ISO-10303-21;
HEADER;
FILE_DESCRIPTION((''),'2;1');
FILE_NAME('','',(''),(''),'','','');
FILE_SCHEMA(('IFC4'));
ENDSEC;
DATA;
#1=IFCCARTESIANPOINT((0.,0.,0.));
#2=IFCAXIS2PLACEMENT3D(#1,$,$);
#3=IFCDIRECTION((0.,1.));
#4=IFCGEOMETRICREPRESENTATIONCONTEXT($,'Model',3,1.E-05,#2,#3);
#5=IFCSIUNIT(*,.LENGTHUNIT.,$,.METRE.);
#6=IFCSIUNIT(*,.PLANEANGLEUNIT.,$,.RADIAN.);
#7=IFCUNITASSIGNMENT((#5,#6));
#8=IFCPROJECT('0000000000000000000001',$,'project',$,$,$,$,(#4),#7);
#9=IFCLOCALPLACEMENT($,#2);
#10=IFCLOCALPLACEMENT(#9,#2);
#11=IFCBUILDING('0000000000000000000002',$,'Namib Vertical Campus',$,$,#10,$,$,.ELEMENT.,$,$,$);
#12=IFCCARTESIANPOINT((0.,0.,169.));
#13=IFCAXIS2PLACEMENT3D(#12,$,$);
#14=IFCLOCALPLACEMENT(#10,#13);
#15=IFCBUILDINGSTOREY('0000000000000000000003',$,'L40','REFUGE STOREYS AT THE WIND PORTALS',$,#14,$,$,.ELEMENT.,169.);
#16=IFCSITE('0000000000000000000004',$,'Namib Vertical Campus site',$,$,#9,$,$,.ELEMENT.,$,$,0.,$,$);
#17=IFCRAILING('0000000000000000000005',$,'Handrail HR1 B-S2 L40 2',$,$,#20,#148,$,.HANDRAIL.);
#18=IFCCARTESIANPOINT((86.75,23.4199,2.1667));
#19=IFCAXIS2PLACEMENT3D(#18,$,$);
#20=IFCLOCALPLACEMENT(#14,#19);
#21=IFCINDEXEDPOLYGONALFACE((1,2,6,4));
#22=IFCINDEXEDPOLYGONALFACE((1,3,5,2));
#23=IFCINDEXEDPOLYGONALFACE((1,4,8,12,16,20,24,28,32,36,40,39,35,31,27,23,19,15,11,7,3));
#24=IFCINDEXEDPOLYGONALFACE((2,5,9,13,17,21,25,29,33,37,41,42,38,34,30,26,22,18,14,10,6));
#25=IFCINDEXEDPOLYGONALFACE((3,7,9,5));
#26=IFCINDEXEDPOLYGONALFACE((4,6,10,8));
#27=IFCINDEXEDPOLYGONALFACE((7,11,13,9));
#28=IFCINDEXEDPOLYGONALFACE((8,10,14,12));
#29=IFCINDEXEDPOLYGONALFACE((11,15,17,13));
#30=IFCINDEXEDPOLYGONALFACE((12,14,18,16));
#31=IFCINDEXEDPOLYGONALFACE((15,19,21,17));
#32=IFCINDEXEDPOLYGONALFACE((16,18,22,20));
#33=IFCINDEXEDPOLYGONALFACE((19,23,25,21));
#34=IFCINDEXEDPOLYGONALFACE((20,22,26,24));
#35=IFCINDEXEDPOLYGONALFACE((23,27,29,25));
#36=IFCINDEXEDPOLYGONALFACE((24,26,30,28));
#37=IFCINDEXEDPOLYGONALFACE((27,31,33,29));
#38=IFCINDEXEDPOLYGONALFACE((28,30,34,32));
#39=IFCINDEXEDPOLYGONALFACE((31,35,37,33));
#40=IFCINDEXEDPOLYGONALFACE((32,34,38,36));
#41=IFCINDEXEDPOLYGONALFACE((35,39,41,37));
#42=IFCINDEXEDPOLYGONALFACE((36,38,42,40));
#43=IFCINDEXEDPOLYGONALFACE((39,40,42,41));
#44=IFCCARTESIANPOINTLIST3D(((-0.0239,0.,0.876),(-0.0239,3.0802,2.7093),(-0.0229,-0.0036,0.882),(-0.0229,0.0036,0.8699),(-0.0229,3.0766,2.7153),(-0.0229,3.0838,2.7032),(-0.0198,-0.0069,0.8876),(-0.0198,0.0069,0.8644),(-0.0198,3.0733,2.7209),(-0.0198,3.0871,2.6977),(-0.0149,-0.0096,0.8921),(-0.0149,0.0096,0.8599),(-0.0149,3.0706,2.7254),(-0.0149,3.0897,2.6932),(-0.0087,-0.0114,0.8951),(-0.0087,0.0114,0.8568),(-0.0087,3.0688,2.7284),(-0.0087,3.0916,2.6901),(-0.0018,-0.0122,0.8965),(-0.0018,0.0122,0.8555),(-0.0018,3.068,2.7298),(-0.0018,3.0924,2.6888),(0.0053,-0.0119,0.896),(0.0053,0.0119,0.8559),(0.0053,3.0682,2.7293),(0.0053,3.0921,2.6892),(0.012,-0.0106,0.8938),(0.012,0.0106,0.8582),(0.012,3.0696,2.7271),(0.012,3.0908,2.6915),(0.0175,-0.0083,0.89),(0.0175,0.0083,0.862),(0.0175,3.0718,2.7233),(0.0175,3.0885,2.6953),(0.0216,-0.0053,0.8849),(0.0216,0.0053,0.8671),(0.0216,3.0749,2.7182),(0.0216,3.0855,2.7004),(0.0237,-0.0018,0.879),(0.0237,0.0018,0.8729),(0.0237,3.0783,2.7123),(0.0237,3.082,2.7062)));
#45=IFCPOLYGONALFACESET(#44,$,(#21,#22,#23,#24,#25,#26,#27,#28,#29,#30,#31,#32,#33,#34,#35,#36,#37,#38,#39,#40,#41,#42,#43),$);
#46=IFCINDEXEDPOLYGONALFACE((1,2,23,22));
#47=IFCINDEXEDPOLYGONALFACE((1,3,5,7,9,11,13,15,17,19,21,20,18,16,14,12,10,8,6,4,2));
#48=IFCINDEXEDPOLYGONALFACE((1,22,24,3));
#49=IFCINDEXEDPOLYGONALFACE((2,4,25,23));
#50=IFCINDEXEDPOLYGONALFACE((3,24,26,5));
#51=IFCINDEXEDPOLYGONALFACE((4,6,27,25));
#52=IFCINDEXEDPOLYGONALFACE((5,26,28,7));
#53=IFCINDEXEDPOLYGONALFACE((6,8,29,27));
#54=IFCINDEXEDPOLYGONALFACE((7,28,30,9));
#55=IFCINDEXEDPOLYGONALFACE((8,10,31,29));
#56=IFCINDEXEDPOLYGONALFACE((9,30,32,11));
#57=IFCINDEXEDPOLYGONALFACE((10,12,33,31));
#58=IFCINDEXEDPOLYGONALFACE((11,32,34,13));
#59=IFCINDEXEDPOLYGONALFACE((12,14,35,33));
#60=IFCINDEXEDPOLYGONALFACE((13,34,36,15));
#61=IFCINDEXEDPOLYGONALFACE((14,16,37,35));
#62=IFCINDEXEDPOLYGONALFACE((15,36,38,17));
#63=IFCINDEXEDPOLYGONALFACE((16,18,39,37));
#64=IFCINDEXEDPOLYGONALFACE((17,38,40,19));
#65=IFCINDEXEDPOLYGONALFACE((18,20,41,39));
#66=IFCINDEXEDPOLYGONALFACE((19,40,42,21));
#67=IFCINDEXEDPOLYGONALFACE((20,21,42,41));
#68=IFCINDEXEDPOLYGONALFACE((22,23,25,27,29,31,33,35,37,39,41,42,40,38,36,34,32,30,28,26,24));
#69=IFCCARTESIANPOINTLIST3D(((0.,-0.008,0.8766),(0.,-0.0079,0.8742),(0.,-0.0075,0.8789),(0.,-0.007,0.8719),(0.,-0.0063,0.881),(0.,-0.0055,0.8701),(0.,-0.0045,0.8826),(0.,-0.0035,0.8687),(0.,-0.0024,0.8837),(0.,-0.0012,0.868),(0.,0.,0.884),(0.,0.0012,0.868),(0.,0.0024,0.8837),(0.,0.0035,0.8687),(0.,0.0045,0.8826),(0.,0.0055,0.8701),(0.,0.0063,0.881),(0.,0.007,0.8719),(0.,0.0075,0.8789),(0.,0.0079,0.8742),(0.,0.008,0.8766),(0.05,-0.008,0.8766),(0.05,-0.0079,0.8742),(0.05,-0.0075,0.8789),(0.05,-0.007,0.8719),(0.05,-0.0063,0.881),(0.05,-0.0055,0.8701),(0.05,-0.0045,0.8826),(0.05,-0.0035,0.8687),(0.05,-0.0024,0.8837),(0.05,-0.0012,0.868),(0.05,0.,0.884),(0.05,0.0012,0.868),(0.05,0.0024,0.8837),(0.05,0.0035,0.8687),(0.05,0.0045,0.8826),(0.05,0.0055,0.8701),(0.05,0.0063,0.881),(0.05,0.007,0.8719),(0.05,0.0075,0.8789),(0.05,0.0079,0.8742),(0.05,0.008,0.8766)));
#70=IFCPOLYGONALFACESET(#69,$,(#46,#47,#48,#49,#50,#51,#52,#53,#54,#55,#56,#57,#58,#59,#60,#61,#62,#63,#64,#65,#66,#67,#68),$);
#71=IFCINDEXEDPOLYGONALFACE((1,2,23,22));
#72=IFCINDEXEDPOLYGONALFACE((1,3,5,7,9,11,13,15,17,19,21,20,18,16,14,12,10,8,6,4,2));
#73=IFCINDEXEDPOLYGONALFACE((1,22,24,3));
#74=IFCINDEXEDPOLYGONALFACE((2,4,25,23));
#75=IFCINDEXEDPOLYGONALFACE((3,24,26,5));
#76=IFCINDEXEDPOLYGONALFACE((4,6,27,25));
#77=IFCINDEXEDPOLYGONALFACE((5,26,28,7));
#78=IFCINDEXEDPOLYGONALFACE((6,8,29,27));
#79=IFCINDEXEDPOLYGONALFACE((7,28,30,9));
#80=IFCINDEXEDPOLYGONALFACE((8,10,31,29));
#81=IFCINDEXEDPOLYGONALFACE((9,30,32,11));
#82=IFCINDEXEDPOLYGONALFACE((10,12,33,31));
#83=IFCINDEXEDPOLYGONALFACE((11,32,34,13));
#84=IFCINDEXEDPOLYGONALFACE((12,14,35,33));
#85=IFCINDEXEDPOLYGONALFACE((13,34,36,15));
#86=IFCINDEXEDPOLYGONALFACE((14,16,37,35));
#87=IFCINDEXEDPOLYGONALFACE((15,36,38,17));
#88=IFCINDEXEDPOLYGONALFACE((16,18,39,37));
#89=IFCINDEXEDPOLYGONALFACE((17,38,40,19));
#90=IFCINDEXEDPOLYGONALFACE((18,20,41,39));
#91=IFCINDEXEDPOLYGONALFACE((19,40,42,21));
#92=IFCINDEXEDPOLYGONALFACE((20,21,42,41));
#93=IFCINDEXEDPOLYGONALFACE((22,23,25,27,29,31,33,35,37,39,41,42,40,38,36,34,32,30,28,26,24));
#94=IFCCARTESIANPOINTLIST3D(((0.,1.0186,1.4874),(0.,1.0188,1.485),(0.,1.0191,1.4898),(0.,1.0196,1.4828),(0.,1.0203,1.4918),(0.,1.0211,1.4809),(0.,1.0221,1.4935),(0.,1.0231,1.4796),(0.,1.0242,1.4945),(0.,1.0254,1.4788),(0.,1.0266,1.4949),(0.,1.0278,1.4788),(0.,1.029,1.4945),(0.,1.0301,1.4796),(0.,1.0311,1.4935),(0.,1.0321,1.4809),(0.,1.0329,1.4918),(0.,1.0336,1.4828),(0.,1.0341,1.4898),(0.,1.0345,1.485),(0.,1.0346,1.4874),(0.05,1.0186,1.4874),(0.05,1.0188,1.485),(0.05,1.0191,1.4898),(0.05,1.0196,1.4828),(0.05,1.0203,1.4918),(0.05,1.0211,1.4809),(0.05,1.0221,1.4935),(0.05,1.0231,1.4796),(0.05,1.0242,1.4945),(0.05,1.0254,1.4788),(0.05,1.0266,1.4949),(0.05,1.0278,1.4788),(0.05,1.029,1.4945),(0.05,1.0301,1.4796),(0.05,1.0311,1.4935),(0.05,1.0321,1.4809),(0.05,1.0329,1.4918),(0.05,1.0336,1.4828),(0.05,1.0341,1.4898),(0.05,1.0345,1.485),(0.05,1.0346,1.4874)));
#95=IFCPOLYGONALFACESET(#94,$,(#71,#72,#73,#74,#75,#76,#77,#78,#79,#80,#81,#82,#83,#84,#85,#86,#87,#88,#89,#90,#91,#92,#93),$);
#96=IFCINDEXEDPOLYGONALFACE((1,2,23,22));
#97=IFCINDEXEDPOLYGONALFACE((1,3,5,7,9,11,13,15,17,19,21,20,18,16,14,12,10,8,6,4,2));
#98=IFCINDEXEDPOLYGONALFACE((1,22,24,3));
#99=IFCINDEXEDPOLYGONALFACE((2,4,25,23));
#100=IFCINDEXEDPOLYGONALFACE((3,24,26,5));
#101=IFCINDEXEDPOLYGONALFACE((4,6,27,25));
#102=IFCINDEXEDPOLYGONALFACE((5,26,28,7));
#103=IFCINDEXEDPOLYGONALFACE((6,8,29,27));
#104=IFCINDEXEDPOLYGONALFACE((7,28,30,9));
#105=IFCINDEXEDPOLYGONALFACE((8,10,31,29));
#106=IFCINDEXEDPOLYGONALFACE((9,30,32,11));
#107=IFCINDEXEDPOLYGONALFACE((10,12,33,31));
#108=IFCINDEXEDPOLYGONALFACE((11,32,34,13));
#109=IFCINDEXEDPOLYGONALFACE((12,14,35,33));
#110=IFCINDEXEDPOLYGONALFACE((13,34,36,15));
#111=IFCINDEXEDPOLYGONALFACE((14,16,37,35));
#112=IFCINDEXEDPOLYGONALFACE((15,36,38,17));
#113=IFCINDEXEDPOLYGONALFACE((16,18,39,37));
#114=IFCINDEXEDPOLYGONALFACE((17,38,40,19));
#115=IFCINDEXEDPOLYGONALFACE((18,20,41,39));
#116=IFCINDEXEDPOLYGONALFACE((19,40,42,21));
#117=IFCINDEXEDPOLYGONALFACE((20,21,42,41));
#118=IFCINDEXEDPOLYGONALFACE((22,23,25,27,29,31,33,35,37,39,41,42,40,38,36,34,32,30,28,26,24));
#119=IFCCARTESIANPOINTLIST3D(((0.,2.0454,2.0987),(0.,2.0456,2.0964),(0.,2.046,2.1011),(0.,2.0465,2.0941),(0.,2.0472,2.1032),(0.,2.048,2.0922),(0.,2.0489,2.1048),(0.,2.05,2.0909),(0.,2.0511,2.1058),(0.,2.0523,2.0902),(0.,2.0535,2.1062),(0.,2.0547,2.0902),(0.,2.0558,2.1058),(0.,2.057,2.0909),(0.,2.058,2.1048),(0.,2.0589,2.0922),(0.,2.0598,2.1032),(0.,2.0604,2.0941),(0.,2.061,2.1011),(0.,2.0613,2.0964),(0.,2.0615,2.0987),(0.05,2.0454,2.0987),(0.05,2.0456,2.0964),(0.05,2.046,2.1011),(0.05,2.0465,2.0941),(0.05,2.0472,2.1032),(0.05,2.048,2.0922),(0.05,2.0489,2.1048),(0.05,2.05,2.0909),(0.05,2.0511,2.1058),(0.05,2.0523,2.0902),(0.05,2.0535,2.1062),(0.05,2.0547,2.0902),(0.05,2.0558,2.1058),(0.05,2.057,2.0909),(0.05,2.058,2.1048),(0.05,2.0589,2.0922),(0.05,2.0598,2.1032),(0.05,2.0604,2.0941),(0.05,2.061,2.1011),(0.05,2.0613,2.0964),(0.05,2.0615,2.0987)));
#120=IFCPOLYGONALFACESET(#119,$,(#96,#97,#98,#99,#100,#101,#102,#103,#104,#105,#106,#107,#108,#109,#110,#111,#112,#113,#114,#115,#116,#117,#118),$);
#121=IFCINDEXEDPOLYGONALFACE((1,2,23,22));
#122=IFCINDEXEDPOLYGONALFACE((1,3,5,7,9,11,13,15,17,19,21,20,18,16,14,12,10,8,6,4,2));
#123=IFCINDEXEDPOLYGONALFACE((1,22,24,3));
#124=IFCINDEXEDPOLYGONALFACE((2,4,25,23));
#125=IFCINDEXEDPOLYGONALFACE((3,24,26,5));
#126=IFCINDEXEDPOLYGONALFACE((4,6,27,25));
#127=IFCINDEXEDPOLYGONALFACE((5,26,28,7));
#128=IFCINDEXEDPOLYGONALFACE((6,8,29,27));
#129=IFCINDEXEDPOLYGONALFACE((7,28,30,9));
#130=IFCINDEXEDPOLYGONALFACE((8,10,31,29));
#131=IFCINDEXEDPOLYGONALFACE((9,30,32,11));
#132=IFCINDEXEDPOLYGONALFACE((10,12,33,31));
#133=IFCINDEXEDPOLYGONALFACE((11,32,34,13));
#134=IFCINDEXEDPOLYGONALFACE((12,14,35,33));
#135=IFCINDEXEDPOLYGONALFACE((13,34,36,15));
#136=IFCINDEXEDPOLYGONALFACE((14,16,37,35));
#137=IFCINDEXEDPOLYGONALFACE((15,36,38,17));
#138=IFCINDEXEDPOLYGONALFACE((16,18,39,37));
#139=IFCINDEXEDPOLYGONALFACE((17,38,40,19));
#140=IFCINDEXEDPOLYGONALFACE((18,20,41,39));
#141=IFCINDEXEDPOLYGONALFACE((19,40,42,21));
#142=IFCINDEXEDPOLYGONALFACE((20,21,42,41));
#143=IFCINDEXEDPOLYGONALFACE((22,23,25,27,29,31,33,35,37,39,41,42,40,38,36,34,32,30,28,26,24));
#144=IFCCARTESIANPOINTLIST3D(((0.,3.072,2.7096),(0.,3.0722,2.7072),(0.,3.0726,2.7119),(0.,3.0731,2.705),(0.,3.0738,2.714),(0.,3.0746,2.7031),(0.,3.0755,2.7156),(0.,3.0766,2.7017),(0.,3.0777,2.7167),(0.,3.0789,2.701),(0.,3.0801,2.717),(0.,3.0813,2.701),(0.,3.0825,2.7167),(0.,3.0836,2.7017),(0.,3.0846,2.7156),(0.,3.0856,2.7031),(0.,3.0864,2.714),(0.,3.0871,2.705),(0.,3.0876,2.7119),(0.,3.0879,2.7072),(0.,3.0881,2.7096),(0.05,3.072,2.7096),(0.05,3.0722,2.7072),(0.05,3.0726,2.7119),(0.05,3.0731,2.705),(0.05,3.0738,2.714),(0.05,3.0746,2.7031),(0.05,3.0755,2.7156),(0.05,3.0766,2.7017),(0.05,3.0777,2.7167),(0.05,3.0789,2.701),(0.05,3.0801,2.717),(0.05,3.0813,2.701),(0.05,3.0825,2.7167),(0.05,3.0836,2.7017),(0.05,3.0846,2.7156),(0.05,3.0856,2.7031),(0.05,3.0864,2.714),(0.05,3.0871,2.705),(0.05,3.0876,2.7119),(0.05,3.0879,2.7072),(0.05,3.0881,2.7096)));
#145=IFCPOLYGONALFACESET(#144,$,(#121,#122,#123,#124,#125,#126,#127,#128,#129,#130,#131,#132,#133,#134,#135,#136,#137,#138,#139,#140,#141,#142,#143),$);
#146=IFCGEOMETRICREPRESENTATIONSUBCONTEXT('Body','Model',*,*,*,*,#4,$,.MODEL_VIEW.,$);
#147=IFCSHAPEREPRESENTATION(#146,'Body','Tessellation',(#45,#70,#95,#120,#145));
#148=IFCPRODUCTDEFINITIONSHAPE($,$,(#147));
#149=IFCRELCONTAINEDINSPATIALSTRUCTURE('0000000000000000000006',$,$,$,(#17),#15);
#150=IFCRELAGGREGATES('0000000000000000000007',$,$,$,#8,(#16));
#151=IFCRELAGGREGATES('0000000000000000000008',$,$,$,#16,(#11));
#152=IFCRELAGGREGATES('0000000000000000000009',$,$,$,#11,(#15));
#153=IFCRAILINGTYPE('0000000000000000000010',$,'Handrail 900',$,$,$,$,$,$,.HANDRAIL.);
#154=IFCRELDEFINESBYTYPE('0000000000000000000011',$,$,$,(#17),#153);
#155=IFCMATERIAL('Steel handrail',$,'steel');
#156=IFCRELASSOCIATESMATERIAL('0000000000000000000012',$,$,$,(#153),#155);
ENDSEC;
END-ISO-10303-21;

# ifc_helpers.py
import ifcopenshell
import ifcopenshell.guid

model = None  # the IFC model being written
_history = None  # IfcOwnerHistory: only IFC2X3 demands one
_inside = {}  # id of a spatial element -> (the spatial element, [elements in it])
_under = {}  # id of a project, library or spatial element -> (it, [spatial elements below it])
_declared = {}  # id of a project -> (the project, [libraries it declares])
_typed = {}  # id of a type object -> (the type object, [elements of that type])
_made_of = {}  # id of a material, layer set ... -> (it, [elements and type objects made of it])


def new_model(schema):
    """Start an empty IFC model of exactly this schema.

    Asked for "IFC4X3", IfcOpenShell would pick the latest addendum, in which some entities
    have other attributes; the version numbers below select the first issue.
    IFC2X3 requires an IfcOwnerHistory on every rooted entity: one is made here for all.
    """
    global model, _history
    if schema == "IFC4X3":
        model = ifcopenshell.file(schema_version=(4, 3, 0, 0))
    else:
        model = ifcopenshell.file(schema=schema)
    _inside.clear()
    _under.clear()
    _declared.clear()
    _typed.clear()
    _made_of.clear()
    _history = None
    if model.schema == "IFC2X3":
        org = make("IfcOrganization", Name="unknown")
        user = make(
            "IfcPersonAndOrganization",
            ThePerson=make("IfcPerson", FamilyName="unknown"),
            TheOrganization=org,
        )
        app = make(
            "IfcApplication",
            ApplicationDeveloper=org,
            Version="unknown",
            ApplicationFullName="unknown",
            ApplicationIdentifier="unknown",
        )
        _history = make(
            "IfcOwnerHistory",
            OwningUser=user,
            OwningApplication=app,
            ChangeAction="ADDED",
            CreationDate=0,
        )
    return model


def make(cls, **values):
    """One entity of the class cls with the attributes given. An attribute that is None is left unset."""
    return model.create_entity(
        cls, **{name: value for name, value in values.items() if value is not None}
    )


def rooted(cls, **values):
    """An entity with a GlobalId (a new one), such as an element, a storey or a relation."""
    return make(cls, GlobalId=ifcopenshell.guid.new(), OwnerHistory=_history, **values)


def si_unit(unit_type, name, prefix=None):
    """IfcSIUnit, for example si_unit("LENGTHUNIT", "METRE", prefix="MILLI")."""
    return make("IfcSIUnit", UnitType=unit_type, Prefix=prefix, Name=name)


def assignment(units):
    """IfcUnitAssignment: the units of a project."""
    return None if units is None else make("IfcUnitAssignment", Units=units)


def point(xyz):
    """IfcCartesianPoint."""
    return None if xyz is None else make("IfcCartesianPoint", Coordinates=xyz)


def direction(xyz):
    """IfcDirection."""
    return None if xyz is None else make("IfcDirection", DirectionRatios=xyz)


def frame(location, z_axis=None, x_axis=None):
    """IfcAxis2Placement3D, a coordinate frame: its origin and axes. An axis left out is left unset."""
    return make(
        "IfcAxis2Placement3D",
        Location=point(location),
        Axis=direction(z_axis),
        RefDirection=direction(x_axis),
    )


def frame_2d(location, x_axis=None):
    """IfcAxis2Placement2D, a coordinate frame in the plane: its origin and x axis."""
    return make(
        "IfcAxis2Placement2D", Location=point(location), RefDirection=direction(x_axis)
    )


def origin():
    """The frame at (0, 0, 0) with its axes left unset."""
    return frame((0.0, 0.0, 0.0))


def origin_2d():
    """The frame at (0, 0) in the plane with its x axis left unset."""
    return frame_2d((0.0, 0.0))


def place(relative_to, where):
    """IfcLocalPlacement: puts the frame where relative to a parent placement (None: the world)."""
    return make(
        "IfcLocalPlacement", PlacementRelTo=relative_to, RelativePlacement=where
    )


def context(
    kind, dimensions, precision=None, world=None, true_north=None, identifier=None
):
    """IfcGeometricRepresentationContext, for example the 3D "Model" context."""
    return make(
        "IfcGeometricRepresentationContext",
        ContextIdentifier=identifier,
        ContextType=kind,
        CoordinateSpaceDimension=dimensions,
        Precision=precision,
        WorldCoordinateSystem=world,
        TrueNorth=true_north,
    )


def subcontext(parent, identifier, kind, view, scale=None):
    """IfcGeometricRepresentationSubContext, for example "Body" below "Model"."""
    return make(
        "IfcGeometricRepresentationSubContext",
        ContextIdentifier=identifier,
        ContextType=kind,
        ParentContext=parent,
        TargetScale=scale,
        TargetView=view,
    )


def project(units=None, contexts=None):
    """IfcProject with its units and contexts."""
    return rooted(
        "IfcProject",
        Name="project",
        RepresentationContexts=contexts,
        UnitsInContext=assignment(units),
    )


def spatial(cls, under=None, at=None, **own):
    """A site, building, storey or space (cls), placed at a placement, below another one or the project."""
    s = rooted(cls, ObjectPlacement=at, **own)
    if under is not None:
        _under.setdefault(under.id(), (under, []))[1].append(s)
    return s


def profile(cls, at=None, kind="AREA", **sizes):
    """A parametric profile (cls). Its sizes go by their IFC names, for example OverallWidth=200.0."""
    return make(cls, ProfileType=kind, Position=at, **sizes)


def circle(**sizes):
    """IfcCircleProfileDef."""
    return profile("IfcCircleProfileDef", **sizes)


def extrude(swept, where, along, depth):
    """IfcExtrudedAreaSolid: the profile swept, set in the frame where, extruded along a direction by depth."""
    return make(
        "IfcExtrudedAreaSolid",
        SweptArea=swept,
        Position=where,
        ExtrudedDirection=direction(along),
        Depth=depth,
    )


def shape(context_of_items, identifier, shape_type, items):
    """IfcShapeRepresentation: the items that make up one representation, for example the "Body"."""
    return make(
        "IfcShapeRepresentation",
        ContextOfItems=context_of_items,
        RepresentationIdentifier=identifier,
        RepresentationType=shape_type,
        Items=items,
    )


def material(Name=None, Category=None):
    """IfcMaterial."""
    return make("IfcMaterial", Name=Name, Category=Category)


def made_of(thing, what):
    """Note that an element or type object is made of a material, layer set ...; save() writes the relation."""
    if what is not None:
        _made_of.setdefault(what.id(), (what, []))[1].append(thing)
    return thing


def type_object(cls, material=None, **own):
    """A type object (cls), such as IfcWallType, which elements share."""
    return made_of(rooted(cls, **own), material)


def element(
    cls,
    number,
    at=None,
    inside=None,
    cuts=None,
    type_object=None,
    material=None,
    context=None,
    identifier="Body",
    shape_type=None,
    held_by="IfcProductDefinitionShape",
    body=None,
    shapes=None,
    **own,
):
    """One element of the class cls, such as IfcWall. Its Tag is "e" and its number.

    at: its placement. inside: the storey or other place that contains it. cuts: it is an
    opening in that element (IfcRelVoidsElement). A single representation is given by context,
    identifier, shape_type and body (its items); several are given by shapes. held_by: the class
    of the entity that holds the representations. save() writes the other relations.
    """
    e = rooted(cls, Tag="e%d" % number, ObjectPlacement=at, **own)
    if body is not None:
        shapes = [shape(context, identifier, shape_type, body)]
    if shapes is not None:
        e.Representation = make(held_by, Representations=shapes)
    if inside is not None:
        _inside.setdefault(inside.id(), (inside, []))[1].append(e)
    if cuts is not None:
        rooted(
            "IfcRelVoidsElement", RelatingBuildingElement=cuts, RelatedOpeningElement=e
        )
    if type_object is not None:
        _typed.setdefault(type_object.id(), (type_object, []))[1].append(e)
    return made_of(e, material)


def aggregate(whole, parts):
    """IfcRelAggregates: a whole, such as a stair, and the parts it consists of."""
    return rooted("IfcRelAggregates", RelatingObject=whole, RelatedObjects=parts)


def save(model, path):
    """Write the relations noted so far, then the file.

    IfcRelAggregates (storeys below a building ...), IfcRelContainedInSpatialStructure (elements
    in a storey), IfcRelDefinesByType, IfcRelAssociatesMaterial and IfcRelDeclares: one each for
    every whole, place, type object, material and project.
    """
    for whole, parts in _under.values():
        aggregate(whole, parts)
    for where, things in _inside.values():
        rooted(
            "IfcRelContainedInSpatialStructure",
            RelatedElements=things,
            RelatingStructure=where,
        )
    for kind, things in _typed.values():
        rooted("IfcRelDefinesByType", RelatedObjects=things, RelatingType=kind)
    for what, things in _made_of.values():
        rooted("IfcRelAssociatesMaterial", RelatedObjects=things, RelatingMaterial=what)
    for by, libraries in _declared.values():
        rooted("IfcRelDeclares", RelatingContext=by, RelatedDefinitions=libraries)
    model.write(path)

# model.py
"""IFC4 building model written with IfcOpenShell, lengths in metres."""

from ifc_helpers import new_model, si_unit, direction, frame, origin, origin_2d, place, context, subcontext, project, spatial, circle, extrude, material, type_object, element, save


model = new_model("IFC4")

# Units and contexts
model_context = context("Model", 3, precision=1e-05, world=origin(), true_north=direction((0.0, 1.0)))
body_context = subcontext(model_context, "Body", "Model", "MODEL_VIEW")
ifc_project = project(units=[si_unit("LENGTHUNIT", "METRE"), si_unit("PLANEANGLEUNIT", "RADIAN")], contexts=[model_context])

# Site, building, storey
site_placement = place(None, origin())
site = spatial("IfcSite", under=ifc_project, at=site_placement, Name="Namib Vertical Campus site", CompositionType="ELEMENT", RefElevation=0.0)
building_placement = place(site_placement, origin())
building = spatial("IfcBuilding", under=site, at=building_placement, Name="Namib Vertical Campus", CompositionType="ELEMENT")
storey_placement = place(building_placement, frame((0.0, 0.0, 169.0)))
storey = spatial("IfcBuildingStorey", under=building, at=storey_placement, Name="L40", Description="REFUGE STOREYS AT THE WIND PORTALS", CompositionType="ELEMENT", Elevation=169.0)

# Railing
ifc_material_1 = material(Name="Steel handrail", Category="steel")
railing_type_1 = type_object("IfcRailingType", Name="Handrail 900", PredefinedType="HANDRAIL", material=ifc_material_1)
for number, where, name in (
    (1, (86.75, 23.4199, 2.1667), "Handrail HR1 B-S2 L40 2"),
):
    element("IfcRailing", number, at=place(storey_placement, frame(where)), inside=storey, type_object=railing_type_1, Name=name, PredefinedType="HANDRAIL", context=body_context, shape_type="SweptSolid", body=[
        extrude(circle(Radius=0.0239, at=origin_2d()), frame((0.0, 0.0, 0.876), z_axis=(0.0, 0.859309, 0.511458), x_axis=(-1.0, 0.0, 0.0)), (0.0, 0.0, 1.0), 3.5845),
        extrude(circle(Radius=0.0081, at=origin_2d()), frame((0.0, 0.0, 0.876), z_axis=(1.0, 0.0, 0.0), x_axis=(0.0, 0.0, 1.0)), (0.0, 0.0, 1.0), 0.05),
        extrude(circle(Radius=0.0081, at=origin_2d()), frame((0.0, 1.0266, 1.4868), z_axis=(1.0, 0.0, 0.0), x_axis=(0.0, 0.0, 1.0)), (0.0, 0.0, 1.0), 0.05),
        extrude(circle(Radius=0.0081, at=origin_2d()), frame((0.0, 2.0535, 2.0981), z_axis=(1.0, 0.0, 0.0), x_axis=(0.0, 0.0, 1.0)), (0.0, 0.0, 1.0), 0.05),
        extrude(circle(Radius=0.0081, at=origin_2d()), frame((0.0, 3.0801, 2.709), z_axis=(1.0, 0.0, 0.0), x_axis=(0.0, 0.0, 1.0)), (0.0, 0.0, 1.0), 0.05),
    ])

save(model, "model.ifc")
